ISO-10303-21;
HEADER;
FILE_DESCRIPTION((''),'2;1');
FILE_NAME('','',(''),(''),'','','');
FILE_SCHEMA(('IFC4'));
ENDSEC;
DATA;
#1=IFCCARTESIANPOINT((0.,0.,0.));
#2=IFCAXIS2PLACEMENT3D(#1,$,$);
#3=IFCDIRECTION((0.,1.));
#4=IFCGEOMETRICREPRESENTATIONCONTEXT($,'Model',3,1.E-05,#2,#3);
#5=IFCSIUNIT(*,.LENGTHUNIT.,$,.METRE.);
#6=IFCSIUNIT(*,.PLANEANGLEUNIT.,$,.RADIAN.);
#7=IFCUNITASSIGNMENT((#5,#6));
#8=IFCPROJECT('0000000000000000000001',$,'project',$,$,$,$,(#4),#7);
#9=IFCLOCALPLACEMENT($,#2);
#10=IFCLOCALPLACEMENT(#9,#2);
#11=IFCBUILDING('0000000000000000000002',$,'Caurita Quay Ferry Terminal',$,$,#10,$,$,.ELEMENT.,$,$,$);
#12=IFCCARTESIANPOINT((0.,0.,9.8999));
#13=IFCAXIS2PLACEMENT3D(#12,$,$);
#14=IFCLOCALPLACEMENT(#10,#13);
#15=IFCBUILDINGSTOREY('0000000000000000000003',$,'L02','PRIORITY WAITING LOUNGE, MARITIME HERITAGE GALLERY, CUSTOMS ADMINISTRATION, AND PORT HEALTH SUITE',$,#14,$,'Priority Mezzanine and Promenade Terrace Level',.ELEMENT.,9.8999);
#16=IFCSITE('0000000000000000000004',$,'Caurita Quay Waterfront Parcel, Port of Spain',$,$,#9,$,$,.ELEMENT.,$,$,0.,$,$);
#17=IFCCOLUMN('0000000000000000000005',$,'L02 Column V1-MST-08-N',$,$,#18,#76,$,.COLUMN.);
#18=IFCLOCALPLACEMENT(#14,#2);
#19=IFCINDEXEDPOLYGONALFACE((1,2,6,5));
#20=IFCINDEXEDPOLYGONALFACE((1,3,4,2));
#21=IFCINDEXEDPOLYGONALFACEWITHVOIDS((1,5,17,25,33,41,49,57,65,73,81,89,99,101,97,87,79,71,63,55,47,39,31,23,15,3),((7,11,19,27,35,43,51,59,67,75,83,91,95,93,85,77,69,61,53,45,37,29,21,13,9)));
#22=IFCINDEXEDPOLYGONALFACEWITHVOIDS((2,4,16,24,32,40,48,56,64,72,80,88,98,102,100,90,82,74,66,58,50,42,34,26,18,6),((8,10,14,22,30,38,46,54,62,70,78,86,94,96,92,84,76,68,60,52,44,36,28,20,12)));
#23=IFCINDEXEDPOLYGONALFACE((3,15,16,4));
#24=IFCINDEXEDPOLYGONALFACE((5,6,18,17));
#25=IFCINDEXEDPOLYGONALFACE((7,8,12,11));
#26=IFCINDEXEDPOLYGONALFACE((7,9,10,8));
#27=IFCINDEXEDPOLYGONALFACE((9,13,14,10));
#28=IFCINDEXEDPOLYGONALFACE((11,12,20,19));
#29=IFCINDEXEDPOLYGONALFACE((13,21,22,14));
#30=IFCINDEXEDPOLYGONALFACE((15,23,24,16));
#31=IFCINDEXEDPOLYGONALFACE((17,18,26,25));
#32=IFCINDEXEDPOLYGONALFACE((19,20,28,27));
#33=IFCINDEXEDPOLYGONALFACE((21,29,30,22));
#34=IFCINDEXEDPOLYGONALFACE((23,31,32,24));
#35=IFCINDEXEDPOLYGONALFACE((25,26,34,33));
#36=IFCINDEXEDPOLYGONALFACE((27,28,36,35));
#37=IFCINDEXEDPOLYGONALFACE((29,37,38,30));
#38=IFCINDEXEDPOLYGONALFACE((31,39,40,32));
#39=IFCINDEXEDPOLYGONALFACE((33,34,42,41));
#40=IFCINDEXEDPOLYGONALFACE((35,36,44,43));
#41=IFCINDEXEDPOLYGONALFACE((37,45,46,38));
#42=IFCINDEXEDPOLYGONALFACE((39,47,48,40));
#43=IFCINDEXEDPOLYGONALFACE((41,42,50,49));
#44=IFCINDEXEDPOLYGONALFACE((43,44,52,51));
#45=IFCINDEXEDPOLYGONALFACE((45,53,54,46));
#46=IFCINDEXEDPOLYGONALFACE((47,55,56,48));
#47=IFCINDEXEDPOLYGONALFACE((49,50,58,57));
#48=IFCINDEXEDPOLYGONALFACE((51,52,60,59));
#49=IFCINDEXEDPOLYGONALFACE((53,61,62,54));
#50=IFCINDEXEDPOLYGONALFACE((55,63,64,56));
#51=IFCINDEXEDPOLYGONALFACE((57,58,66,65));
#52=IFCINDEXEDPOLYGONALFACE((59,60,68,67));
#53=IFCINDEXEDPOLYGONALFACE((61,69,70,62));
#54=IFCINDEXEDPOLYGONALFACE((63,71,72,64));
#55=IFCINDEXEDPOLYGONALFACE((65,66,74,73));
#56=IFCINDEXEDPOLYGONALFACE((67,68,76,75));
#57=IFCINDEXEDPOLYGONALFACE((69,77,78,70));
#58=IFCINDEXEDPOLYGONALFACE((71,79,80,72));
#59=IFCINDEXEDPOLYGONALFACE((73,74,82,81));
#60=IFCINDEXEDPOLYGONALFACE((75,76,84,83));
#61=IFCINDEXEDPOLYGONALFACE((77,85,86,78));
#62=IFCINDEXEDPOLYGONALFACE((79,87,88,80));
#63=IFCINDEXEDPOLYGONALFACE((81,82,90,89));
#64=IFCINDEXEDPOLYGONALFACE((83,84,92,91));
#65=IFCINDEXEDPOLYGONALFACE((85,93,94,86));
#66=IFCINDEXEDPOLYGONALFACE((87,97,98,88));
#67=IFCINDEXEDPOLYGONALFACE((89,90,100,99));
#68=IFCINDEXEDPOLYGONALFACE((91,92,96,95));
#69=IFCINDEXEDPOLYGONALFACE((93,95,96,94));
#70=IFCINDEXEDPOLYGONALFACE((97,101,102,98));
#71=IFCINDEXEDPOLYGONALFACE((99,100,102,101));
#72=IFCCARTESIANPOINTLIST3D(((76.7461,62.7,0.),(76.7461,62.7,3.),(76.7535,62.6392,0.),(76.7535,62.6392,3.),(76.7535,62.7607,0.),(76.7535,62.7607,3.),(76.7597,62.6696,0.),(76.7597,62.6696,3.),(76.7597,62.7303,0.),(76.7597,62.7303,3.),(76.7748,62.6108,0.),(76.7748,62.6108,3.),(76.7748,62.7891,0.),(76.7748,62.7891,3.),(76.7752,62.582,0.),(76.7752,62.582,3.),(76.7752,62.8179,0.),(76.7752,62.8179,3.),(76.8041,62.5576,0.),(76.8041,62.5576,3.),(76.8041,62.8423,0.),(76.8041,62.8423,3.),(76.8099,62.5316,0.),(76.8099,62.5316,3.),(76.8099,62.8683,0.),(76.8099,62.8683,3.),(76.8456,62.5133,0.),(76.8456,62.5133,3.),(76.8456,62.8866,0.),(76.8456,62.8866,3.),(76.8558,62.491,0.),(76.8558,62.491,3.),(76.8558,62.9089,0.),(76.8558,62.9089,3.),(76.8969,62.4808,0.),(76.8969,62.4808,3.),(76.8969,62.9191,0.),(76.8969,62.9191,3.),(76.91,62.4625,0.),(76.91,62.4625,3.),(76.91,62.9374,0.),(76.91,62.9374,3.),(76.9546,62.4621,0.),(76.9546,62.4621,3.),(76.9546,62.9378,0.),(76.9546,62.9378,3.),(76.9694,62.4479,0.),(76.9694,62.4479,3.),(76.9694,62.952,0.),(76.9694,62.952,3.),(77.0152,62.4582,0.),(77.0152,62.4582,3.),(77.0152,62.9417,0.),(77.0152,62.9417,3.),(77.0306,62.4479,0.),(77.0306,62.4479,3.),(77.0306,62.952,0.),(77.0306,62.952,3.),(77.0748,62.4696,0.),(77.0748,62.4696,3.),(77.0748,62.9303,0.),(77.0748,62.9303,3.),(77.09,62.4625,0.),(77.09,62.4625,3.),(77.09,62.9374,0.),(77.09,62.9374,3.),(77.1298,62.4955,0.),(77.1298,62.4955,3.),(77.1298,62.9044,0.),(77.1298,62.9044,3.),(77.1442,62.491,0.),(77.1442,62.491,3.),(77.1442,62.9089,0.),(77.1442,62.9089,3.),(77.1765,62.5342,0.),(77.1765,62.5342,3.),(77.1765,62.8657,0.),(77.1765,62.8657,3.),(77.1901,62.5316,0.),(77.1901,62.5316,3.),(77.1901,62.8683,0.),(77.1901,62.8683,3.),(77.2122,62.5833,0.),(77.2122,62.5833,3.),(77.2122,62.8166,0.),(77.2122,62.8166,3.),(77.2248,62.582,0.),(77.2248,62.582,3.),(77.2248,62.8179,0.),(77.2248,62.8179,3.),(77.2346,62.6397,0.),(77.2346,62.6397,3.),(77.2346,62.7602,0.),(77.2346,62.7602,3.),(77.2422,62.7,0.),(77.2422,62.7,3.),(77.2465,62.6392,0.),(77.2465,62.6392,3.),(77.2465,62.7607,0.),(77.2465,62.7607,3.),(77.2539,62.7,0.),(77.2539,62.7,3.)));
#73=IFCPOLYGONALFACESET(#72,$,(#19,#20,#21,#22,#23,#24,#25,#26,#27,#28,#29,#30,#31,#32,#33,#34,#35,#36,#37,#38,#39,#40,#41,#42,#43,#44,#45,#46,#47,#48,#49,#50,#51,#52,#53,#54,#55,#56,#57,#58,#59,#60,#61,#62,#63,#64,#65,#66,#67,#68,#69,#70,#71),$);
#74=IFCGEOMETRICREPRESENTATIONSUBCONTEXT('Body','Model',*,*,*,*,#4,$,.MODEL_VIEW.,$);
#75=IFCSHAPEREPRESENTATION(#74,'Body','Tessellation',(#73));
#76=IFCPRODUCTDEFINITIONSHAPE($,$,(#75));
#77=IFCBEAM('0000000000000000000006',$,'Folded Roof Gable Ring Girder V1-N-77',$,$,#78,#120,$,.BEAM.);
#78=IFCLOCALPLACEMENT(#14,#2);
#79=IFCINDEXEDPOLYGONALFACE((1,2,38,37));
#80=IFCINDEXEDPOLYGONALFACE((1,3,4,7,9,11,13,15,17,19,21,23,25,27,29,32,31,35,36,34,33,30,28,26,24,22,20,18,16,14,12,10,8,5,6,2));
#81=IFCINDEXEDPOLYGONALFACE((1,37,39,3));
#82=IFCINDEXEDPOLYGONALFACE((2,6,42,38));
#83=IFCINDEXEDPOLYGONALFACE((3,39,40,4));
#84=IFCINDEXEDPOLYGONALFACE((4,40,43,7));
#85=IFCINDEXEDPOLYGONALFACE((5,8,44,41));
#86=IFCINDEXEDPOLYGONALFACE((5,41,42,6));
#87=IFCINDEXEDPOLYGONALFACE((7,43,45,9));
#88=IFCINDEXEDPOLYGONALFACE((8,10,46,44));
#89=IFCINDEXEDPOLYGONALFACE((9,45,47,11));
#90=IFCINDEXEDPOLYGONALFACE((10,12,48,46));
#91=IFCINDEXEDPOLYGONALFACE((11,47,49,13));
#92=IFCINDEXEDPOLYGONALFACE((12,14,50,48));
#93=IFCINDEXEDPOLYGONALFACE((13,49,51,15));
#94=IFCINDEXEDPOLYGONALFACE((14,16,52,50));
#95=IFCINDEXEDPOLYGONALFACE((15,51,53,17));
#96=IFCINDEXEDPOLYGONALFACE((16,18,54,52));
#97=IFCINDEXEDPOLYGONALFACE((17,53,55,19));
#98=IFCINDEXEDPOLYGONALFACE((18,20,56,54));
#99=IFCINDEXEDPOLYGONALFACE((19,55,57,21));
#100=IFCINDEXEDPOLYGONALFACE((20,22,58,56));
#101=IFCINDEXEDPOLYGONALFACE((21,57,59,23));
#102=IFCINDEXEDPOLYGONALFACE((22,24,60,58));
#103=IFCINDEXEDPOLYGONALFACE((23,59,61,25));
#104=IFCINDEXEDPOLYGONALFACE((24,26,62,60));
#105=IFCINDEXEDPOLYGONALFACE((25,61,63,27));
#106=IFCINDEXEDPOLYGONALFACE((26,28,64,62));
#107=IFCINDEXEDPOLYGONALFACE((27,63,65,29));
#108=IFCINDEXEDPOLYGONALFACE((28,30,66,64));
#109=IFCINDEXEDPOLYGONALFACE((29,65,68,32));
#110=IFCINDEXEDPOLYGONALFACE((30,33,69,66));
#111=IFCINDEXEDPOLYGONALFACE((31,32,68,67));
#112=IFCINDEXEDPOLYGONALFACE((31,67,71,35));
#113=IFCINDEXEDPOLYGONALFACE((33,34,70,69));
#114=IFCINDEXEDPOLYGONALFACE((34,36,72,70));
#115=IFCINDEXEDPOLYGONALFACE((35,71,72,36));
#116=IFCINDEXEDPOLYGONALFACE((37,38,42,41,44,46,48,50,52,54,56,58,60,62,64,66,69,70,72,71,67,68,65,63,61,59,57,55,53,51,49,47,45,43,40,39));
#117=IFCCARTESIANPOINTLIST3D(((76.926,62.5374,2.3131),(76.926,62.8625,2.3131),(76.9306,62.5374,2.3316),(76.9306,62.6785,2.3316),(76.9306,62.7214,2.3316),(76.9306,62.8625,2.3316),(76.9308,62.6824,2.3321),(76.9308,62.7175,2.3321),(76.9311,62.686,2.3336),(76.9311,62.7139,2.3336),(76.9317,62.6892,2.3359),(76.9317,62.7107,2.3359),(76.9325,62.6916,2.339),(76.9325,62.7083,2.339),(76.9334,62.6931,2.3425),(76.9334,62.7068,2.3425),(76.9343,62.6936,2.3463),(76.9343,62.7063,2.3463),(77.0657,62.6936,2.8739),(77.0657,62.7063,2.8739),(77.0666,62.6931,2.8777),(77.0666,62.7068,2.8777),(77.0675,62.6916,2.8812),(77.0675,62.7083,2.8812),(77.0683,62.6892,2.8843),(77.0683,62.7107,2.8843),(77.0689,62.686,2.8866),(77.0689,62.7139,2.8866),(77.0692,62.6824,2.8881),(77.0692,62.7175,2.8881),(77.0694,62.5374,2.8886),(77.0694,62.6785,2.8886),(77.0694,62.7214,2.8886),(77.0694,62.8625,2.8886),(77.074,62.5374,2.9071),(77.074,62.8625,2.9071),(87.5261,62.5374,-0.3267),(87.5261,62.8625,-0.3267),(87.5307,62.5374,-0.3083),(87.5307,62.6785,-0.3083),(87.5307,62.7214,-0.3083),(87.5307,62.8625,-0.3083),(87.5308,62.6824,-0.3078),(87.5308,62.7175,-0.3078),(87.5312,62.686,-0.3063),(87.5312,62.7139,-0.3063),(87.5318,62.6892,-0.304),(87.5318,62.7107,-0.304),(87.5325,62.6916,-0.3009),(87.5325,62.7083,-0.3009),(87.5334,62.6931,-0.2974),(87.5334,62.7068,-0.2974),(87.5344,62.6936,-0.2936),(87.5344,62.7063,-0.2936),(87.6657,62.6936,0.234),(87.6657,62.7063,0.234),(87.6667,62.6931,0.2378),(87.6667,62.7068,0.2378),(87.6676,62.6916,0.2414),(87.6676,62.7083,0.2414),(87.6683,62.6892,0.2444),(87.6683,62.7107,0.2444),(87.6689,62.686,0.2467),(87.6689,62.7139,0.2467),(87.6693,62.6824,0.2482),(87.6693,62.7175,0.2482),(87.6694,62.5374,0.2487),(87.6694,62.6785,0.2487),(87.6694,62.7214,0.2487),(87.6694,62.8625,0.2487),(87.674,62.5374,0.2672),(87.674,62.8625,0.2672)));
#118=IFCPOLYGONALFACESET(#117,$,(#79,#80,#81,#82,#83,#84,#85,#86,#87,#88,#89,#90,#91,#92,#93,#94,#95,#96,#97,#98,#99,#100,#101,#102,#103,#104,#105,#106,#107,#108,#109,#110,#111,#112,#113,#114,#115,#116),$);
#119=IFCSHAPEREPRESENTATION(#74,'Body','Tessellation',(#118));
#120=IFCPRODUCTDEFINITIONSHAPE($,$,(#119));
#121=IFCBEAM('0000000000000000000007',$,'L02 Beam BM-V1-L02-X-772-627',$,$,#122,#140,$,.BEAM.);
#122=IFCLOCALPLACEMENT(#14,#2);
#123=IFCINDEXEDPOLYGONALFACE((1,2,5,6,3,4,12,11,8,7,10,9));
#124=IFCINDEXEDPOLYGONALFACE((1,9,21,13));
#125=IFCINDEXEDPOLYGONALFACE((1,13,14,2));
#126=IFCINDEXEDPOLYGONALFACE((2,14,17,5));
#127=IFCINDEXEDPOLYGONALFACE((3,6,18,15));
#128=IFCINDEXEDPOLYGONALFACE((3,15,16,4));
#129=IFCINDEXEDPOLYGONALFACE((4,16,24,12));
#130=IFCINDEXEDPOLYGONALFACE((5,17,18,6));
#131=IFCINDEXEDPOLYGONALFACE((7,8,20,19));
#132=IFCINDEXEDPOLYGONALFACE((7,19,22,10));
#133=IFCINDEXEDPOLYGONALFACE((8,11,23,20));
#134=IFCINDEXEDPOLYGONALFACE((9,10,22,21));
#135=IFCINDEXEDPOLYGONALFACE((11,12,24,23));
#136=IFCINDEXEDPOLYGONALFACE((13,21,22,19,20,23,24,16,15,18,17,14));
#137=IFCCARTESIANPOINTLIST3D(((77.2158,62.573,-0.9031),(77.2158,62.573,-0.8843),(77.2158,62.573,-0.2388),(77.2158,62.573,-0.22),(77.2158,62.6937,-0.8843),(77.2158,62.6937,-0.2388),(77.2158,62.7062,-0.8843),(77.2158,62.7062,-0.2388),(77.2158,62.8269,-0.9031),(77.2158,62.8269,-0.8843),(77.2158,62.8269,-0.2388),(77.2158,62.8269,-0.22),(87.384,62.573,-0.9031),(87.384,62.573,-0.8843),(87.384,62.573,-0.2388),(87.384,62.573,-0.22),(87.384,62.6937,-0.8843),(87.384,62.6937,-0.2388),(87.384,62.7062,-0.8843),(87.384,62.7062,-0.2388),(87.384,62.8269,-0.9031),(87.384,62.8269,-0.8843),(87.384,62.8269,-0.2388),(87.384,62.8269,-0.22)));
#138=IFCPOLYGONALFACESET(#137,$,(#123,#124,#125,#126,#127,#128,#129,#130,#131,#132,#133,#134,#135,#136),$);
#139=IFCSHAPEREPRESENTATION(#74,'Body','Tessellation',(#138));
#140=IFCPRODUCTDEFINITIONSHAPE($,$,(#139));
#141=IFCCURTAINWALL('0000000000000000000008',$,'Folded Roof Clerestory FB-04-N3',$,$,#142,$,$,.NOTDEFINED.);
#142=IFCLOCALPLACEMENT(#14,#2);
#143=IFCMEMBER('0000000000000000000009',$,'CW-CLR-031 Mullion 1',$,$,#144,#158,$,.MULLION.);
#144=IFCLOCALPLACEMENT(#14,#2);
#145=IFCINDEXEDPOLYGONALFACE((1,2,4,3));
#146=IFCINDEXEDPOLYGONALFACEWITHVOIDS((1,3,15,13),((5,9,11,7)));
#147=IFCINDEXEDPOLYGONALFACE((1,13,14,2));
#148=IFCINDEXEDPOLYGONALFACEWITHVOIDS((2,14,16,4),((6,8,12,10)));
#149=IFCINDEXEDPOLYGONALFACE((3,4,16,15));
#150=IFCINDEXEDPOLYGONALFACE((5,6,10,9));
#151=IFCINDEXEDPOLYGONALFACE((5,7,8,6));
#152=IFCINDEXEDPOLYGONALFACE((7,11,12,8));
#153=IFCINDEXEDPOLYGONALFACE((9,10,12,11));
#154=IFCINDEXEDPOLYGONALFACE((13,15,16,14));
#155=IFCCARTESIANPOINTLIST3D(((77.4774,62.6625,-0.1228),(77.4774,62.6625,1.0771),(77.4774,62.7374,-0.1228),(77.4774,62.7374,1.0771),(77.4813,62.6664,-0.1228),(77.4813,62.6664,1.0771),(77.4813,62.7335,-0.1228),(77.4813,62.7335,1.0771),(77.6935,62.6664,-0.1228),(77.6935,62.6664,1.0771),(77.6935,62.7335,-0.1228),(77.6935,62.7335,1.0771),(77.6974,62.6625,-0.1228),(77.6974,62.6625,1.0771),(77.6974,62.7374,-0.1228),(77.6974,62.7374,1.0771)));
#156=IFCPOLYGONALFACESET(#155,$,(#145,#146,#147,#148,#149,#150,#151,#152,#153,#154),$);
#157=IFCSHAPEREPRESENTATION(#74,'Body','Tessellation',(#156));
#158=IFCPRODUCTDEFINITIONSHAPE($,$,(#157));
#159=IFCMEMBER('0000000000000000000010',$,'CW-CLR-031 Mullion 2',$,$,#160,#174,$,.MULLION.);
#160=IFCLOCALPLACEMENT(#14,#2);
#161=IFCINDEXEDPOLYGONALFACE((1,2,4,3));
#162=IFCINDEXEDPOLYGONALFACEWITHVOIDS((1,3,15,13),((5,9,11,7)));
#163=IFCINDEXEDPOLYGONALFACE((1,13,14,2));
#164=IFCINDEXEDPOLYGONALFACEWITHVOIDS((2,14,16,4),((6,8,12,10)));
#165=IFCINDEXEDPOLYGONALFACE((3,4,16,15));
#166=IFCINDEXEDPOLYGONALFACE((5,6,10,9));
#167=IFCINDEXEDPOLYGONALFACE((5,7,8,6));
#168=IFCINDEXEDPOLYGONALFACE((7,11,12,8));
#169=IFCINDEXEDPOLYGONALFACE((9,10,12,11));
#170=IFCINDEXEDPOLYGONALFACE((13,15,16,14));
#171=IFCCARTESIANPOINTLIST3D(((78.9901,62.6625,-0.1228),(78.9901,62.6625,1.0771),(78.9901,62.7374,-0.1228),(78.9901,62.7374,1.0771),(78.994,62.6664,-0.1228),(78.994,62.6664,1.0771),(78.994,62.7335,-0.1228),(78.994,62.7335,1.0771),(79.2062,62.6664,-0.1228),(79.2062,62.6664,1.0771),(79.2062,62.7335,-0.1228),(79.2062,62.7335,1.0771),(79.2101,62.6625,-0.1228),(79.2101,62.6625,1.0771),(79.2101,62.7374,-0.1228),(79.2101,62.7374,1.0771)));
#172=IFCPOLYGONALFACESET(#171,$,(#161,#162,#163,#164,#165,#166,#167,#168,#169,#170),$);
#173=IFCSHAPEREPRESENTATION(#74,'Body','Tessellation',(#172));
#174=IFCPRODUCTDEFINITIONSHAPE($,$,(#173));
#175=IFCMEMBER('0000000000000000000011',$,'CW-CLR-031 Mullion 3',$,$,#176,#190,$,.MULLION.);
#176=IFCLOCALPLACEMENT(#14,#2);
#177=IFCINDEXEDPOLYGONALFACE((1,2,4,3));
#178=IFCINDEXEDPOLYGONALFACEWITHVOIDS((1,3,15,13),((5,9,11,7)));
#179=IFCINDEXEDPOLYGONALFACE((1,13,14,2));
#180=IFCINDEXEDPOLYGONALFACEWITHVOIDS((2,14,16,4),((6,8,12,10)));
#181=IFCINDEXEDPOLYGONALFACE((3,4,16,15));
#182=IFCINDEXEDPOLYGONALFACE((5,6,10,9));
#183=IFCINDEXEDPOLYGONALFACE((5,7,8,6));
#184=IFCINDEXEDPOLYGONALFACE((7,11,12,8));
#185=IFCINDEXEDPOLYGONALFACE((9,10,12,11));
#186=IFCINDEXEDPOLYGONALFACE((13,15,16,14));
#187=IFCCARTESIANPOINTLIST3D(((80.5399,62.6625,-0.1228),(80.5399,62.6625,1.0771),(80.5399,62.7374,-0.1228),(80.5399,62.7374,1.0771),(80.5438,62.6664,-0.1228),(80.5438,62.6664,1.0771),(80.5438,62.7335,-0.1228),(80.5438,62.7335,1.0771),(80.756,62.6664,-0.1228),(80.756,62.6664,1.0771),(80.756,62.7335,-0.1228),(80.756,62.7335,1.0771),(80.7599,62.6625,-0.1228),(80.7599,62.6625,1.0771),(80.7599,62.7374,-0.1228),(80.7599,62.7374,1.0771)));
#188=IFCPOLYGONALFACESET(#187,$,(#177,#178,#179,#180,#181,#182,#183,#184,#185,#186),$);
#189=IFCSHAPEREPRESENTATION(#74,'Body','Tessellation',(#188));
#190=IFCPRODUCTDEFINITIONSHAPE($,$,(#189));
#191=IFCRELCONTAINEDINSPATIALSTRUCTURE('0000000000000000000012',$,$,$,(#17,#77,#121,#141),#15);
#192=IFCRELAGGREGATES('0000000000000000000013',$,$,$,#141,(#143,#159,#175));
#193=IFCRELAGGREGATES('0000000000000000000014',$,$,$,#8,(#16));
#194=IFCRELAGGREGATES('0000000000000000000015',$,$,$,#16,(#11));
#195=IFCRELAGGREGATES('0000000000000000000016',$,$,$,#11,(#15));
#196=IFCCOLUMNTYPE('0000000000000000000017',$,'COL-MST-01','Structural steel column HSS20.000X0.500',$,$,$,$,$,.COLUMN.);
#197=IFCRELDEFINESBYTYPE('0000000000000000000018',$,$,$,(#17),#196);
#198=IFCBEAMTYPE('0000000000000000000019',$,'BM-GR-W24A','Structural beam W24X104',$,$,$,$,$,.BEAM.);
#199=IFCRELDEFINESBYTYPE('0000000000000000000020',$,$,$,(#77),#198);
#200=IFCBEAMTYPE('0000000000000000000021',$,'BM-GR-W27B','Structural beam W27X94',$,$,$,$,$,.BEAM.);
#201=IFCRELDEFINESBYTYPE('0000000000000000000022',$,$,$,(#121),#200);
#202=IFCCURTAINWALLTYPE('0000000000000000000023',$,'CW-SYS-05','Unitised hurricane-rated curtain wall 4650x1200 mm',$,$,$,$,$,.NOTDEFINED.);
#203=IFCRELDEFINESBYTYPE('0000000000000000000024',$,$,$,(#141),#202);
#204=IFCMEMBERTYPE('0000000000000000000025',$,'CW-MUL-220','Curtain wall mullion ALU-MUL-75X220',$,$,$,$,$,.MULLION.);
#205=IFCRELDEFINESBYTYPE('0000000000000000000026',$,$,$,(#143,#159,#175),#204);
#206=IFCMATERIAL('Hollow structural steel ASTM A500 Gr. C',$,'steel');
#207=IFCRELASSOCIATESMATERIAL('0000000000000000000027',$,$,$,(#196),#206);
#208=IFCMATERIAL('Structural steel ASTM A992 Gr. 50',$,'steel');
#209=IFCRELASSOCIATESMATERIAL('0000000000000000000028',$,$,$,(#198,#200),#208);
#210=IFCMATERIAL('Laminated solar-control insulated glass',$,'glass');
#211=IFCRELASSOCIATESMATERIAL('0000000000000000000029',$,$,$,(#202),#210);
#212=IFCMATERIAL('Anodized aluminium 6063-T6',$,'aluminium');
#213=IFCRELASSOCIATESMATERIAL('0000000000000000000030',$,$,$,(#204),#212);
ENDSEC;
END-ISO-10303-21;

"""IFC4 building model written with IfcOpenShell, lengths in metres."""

from ifc_helpers import new_model, si_unit, direction, frame, origin, origin_2d, place, context, subcontext, project, spatial, hollow_rectangle, hollow_circle, i_section, extrude, material, material_profile, profile_set, type_object, element, aggregate, save


model = new_model("IFC4")

# Units and contexts
model_context = context("Model", 3, precision=1e-05, world=origin(), true_north=direction((0.0, 1.0)))
body_context = subcontext(model_context, "Body", "Model", "MODEL_VIEW")
ifc_project = project(units=[si_unit("LENGTHUNIT", "METRE"), si_unit("PLANEANGLEUNIT", "RADIAN")], contexts=[model_context])

# Site, building, storey
site_placement = place(None, origin())
site = spatial("IfcSite", under=ifc_project, at=site_placement, Name="Caurita Quay Waterfront Parcel, Port of Spain", CompositionType="ELEMENT", RefElevation=0.0)
building_placement = place(site_placement, origin())
building = spatial("IfcBuilding", under=site, at=building_placement, Name="Caurita Quay Ferry Terminal", CompositionType="ELEMENT")
storey_placement = place(building_placement, frame((0.0, 0.0, 9.8999)))
storey = spatial("IfcBuildingStorey", under=building, at=storey_placement, Name="L02", Description="PRIORITY WAITING LOUNGE, MARITIME HERITAGE GALLERY, CUSTOMS ADMINISTRATION, AND PORT HEALTH SUITE", LongName="Priority Mezzanine and Promenade Terrace Level", CompositionType="ELEMENT", Elevation=9.8999)

# Column
ifc_material_1 = material(Name="Hollow structural steel ASTM A500 Gr. C", Category="steel")
ifc_material_profile_1 = material_profile(ifc_material_1, hollow_circle(Radius=0.2539, WallThickness=0.0117, at=origin_2d()), Name="HSS20.000X0.500")
ifc_profile_set_1 = profile_set([ifc_material_profile_1], Name="Hollow structural steel ASTM A500 Gr. C")
column_type = type_object("IfcColumnType", Name="COL-MST-01", Description="Structural steel column HSS20.000X0.500", PredefinedType="COLUMN", material=ifc_profile_set_1)
column_placement = place(storey_placement, frame((77.0, 62.7, 0.0), z_axis=(0.0, 0.0, 1.0), x_axis=(1.0, 0.0, 0.0)))
element("IfcColumn", 1, at=column_placement, inside=storey, type_object=column_type, Name="L02 Column V1-MST-08-N", PredefinedType="COLUMN", context=body_context, shape_type="SweptSolid", body=[
    extrude(hollow_circle(Radius=0.2539, WallThickness=0.0117, at=origin_2d()), origin(), (0.0, 0.0, 1.0), 3.0),
])

# Beams
ifc_material_2 = material(Name="Structural steel ASTM A992 Gr. 50", Category="steel")
ifc_material_profile_2 = material_profile(ifc_material_2, i_section(OverallWidth=0.3252, OverallDepth=0.6121, WebThickness=0.0127, FlangeThickness=0.019, FilletRadius=0.0151, at=origin_2d()), Name="W24X104")
ifc_profile_set_2 = profile_set([ifc_material_profile_2], Name="Structural steel ASTM A992 Gr. 50")
beam_type_1 = type_object("IfcBeamType", Name="BM-GR-W24A", Description="Structural beam W24X104", PredefinedType="BEAM", material=ifc_profile_set_2)
beam_1_placement = place(storey_placement, frame((77.0, 62.7, 2.6101), z_axis=(0.97036, 0.0, -0.241663), x_axis=(0.0, 1.0, 0.0)))
element("IfcBeam", 2, at=beam_1_placement, inside=storey, type_object=beam_type_1, Name="Folded Roof Gable Ring Girder V1-N-77", PredefinedType="BEAM", context=body_context, shape_type="SweptSolid", body=[
    extrude(i_section(OverallWidth=0.3252, OverallDepth=0.6121, WebThickness=0.0127, FlangeThickness=0.019, FilletRadius=0.0151, at=origin_2d()), origin(), (0.0, 0.0, 1.0), 10.9238),
])
ifc_material_profile_3 = material_profile(ifc_material_2, i_section(OverallWidth=0.2539, OverallDepth=0.6831, WebThickness=0.0125, FlangeThickness=0.0188, at=origin_2d()), Name="W27X94")
ifc_profile_set_3 = profile_set([ifc_material_profile_3], Name="Structural steel ASTM A992 Gr. 50")
beam_type_2 = type_object("IfcBeamType", Name="BM-GR-W27B", Description="Structural beam W27X94", PredefinedType="BEAM", material=ifc_profile_set_3)
beam_2_placement = place(storey_placement, frame((77.2158, 62.7, -0.5615), z_axis=(1.0, 0.0, 0.0), x_axis=(0.0, 1.0, 0.0)))
element("IfcBeam", 3, at=beam_2_placement, inside=storey, type_object=beam_type_2, Name="L02 Beam BM-V1-L02-X-772-627", PredefinedType="BEAM", context=body_context, shape_type="SweptSolid", body=[
    extrude(i_section(OverallWidth=0.2539, OverallDepth=0.6831, WebThickness=0.0125, FlangeThickness=0.0188, at=origin_2d()), origin(), (0.0, 0.0, 1.0), 10.1682),
])

# Curtain wall, members
ifc_material_3 = material(Name="Laminated solar-control insulated glass", Category="glass")
curtain_wall_type = type_object("IfcCurtainWallType", Name="CW-SYS-05", Description="Unitised hurricane-rated curtain wall 4650x1200 mm", PredefinedType="NOTDEFINED", material=ifc_material_3)
curtain_wall_placement = place(storey_placement, origin())
curtain_wall = element("IfcCurtainWall", 4, at=curtain_wall_placement, inside=storey, type_object=curtain_wall_type, Name="Folded Roof Clerestory FB-04-N3", PredefinedType="NOTDEFINED")
ifc_material_4 = material(Name="Anodized aluminium 6063-T6", Category="aluminium")
ifc_material_profile_4 = material_profile(ifc_material_4, hollow_rectangle(XDim=0.075, YDim=0.22, WallThickness=0.0039, at=origin_2d()), Name="ALU-MUL-75X220")
ifc_profile_set_4 = profile_set([ifc_material_profile_4], Name="Anodized aluminium 6063-T6")
member_type_1 = type_object("IfcMemberType", Name="CW-MUL-220", Description="Curtain wall mullion ALU-MUL-75X220", PredefinedType="MULLION", material=ifc_profile_set_4)
member_1_placement = place(storey_placement, frame((77.5874, 62.7, -0.1228), z_axis=(0.0, 0.0, 1.0), x_axis=(0.0, 1.0, 0.0)))
member_1 = element("IfcMember", 5, at=member_1_placement, type_object=member_type_1, Name="CW-CLR-031 Mullion 1", PredefinedType="MULLION", context=body_context, shape_type="SweptSolid", body=[
    extrude(hollow_rectangle(XDim=0.075, YDim=0.22, WallThickness=0.0039, at=origin_2d()), origin(), (0.0, 0.0, 1.0), 1.2),
])
member_2_placement = place(storey_placement, frame((79.1001, 62.7, -0.1228), z_axis=(0.0, 0.0, 1.0), x_axis=(0.0, 1.0, 0.0)))
member_2 = element("IfcMember", 6, at=member_2_placement, type_object=member_type_1, Name="CW-CLR-031 Mullion 2", PredefinedType="MULLION", context=body_context, shape_type="SweptSolid", body=[
    extrude(hollow_rectangle(XDim=0.075, YDim=0.22, WallThickness=0.0039, at=origin_2d()), origin(), (0.0, 0.0, 1.0), 1.2),
])
member_3_placement = place(storey_placement, frame((80.6499, 62.7, -0.1228), z_axis=(0.0, 0.0, 1.0), x_axis=(0.0, 1.0, 0.0)))
member_3 = element("IfcMember", 7, at=member_3_placement, type_object=member_type_1, Name="CW-CLR-031 Mullion 3", PredefinedType="MULLION", context=body_context, shape_type="SweptSolid", body=[
    extrude(hollow_rectangle(XDim=0.075, YDim=0.22, WallThickness=0.0039, at=origin_2d()), origin(), (0.0, 0.0, 1.0), 1.2),
])

aggregate(curtain_wall, [member_1, member_2, member_3])

save(model, "model.ifc")
